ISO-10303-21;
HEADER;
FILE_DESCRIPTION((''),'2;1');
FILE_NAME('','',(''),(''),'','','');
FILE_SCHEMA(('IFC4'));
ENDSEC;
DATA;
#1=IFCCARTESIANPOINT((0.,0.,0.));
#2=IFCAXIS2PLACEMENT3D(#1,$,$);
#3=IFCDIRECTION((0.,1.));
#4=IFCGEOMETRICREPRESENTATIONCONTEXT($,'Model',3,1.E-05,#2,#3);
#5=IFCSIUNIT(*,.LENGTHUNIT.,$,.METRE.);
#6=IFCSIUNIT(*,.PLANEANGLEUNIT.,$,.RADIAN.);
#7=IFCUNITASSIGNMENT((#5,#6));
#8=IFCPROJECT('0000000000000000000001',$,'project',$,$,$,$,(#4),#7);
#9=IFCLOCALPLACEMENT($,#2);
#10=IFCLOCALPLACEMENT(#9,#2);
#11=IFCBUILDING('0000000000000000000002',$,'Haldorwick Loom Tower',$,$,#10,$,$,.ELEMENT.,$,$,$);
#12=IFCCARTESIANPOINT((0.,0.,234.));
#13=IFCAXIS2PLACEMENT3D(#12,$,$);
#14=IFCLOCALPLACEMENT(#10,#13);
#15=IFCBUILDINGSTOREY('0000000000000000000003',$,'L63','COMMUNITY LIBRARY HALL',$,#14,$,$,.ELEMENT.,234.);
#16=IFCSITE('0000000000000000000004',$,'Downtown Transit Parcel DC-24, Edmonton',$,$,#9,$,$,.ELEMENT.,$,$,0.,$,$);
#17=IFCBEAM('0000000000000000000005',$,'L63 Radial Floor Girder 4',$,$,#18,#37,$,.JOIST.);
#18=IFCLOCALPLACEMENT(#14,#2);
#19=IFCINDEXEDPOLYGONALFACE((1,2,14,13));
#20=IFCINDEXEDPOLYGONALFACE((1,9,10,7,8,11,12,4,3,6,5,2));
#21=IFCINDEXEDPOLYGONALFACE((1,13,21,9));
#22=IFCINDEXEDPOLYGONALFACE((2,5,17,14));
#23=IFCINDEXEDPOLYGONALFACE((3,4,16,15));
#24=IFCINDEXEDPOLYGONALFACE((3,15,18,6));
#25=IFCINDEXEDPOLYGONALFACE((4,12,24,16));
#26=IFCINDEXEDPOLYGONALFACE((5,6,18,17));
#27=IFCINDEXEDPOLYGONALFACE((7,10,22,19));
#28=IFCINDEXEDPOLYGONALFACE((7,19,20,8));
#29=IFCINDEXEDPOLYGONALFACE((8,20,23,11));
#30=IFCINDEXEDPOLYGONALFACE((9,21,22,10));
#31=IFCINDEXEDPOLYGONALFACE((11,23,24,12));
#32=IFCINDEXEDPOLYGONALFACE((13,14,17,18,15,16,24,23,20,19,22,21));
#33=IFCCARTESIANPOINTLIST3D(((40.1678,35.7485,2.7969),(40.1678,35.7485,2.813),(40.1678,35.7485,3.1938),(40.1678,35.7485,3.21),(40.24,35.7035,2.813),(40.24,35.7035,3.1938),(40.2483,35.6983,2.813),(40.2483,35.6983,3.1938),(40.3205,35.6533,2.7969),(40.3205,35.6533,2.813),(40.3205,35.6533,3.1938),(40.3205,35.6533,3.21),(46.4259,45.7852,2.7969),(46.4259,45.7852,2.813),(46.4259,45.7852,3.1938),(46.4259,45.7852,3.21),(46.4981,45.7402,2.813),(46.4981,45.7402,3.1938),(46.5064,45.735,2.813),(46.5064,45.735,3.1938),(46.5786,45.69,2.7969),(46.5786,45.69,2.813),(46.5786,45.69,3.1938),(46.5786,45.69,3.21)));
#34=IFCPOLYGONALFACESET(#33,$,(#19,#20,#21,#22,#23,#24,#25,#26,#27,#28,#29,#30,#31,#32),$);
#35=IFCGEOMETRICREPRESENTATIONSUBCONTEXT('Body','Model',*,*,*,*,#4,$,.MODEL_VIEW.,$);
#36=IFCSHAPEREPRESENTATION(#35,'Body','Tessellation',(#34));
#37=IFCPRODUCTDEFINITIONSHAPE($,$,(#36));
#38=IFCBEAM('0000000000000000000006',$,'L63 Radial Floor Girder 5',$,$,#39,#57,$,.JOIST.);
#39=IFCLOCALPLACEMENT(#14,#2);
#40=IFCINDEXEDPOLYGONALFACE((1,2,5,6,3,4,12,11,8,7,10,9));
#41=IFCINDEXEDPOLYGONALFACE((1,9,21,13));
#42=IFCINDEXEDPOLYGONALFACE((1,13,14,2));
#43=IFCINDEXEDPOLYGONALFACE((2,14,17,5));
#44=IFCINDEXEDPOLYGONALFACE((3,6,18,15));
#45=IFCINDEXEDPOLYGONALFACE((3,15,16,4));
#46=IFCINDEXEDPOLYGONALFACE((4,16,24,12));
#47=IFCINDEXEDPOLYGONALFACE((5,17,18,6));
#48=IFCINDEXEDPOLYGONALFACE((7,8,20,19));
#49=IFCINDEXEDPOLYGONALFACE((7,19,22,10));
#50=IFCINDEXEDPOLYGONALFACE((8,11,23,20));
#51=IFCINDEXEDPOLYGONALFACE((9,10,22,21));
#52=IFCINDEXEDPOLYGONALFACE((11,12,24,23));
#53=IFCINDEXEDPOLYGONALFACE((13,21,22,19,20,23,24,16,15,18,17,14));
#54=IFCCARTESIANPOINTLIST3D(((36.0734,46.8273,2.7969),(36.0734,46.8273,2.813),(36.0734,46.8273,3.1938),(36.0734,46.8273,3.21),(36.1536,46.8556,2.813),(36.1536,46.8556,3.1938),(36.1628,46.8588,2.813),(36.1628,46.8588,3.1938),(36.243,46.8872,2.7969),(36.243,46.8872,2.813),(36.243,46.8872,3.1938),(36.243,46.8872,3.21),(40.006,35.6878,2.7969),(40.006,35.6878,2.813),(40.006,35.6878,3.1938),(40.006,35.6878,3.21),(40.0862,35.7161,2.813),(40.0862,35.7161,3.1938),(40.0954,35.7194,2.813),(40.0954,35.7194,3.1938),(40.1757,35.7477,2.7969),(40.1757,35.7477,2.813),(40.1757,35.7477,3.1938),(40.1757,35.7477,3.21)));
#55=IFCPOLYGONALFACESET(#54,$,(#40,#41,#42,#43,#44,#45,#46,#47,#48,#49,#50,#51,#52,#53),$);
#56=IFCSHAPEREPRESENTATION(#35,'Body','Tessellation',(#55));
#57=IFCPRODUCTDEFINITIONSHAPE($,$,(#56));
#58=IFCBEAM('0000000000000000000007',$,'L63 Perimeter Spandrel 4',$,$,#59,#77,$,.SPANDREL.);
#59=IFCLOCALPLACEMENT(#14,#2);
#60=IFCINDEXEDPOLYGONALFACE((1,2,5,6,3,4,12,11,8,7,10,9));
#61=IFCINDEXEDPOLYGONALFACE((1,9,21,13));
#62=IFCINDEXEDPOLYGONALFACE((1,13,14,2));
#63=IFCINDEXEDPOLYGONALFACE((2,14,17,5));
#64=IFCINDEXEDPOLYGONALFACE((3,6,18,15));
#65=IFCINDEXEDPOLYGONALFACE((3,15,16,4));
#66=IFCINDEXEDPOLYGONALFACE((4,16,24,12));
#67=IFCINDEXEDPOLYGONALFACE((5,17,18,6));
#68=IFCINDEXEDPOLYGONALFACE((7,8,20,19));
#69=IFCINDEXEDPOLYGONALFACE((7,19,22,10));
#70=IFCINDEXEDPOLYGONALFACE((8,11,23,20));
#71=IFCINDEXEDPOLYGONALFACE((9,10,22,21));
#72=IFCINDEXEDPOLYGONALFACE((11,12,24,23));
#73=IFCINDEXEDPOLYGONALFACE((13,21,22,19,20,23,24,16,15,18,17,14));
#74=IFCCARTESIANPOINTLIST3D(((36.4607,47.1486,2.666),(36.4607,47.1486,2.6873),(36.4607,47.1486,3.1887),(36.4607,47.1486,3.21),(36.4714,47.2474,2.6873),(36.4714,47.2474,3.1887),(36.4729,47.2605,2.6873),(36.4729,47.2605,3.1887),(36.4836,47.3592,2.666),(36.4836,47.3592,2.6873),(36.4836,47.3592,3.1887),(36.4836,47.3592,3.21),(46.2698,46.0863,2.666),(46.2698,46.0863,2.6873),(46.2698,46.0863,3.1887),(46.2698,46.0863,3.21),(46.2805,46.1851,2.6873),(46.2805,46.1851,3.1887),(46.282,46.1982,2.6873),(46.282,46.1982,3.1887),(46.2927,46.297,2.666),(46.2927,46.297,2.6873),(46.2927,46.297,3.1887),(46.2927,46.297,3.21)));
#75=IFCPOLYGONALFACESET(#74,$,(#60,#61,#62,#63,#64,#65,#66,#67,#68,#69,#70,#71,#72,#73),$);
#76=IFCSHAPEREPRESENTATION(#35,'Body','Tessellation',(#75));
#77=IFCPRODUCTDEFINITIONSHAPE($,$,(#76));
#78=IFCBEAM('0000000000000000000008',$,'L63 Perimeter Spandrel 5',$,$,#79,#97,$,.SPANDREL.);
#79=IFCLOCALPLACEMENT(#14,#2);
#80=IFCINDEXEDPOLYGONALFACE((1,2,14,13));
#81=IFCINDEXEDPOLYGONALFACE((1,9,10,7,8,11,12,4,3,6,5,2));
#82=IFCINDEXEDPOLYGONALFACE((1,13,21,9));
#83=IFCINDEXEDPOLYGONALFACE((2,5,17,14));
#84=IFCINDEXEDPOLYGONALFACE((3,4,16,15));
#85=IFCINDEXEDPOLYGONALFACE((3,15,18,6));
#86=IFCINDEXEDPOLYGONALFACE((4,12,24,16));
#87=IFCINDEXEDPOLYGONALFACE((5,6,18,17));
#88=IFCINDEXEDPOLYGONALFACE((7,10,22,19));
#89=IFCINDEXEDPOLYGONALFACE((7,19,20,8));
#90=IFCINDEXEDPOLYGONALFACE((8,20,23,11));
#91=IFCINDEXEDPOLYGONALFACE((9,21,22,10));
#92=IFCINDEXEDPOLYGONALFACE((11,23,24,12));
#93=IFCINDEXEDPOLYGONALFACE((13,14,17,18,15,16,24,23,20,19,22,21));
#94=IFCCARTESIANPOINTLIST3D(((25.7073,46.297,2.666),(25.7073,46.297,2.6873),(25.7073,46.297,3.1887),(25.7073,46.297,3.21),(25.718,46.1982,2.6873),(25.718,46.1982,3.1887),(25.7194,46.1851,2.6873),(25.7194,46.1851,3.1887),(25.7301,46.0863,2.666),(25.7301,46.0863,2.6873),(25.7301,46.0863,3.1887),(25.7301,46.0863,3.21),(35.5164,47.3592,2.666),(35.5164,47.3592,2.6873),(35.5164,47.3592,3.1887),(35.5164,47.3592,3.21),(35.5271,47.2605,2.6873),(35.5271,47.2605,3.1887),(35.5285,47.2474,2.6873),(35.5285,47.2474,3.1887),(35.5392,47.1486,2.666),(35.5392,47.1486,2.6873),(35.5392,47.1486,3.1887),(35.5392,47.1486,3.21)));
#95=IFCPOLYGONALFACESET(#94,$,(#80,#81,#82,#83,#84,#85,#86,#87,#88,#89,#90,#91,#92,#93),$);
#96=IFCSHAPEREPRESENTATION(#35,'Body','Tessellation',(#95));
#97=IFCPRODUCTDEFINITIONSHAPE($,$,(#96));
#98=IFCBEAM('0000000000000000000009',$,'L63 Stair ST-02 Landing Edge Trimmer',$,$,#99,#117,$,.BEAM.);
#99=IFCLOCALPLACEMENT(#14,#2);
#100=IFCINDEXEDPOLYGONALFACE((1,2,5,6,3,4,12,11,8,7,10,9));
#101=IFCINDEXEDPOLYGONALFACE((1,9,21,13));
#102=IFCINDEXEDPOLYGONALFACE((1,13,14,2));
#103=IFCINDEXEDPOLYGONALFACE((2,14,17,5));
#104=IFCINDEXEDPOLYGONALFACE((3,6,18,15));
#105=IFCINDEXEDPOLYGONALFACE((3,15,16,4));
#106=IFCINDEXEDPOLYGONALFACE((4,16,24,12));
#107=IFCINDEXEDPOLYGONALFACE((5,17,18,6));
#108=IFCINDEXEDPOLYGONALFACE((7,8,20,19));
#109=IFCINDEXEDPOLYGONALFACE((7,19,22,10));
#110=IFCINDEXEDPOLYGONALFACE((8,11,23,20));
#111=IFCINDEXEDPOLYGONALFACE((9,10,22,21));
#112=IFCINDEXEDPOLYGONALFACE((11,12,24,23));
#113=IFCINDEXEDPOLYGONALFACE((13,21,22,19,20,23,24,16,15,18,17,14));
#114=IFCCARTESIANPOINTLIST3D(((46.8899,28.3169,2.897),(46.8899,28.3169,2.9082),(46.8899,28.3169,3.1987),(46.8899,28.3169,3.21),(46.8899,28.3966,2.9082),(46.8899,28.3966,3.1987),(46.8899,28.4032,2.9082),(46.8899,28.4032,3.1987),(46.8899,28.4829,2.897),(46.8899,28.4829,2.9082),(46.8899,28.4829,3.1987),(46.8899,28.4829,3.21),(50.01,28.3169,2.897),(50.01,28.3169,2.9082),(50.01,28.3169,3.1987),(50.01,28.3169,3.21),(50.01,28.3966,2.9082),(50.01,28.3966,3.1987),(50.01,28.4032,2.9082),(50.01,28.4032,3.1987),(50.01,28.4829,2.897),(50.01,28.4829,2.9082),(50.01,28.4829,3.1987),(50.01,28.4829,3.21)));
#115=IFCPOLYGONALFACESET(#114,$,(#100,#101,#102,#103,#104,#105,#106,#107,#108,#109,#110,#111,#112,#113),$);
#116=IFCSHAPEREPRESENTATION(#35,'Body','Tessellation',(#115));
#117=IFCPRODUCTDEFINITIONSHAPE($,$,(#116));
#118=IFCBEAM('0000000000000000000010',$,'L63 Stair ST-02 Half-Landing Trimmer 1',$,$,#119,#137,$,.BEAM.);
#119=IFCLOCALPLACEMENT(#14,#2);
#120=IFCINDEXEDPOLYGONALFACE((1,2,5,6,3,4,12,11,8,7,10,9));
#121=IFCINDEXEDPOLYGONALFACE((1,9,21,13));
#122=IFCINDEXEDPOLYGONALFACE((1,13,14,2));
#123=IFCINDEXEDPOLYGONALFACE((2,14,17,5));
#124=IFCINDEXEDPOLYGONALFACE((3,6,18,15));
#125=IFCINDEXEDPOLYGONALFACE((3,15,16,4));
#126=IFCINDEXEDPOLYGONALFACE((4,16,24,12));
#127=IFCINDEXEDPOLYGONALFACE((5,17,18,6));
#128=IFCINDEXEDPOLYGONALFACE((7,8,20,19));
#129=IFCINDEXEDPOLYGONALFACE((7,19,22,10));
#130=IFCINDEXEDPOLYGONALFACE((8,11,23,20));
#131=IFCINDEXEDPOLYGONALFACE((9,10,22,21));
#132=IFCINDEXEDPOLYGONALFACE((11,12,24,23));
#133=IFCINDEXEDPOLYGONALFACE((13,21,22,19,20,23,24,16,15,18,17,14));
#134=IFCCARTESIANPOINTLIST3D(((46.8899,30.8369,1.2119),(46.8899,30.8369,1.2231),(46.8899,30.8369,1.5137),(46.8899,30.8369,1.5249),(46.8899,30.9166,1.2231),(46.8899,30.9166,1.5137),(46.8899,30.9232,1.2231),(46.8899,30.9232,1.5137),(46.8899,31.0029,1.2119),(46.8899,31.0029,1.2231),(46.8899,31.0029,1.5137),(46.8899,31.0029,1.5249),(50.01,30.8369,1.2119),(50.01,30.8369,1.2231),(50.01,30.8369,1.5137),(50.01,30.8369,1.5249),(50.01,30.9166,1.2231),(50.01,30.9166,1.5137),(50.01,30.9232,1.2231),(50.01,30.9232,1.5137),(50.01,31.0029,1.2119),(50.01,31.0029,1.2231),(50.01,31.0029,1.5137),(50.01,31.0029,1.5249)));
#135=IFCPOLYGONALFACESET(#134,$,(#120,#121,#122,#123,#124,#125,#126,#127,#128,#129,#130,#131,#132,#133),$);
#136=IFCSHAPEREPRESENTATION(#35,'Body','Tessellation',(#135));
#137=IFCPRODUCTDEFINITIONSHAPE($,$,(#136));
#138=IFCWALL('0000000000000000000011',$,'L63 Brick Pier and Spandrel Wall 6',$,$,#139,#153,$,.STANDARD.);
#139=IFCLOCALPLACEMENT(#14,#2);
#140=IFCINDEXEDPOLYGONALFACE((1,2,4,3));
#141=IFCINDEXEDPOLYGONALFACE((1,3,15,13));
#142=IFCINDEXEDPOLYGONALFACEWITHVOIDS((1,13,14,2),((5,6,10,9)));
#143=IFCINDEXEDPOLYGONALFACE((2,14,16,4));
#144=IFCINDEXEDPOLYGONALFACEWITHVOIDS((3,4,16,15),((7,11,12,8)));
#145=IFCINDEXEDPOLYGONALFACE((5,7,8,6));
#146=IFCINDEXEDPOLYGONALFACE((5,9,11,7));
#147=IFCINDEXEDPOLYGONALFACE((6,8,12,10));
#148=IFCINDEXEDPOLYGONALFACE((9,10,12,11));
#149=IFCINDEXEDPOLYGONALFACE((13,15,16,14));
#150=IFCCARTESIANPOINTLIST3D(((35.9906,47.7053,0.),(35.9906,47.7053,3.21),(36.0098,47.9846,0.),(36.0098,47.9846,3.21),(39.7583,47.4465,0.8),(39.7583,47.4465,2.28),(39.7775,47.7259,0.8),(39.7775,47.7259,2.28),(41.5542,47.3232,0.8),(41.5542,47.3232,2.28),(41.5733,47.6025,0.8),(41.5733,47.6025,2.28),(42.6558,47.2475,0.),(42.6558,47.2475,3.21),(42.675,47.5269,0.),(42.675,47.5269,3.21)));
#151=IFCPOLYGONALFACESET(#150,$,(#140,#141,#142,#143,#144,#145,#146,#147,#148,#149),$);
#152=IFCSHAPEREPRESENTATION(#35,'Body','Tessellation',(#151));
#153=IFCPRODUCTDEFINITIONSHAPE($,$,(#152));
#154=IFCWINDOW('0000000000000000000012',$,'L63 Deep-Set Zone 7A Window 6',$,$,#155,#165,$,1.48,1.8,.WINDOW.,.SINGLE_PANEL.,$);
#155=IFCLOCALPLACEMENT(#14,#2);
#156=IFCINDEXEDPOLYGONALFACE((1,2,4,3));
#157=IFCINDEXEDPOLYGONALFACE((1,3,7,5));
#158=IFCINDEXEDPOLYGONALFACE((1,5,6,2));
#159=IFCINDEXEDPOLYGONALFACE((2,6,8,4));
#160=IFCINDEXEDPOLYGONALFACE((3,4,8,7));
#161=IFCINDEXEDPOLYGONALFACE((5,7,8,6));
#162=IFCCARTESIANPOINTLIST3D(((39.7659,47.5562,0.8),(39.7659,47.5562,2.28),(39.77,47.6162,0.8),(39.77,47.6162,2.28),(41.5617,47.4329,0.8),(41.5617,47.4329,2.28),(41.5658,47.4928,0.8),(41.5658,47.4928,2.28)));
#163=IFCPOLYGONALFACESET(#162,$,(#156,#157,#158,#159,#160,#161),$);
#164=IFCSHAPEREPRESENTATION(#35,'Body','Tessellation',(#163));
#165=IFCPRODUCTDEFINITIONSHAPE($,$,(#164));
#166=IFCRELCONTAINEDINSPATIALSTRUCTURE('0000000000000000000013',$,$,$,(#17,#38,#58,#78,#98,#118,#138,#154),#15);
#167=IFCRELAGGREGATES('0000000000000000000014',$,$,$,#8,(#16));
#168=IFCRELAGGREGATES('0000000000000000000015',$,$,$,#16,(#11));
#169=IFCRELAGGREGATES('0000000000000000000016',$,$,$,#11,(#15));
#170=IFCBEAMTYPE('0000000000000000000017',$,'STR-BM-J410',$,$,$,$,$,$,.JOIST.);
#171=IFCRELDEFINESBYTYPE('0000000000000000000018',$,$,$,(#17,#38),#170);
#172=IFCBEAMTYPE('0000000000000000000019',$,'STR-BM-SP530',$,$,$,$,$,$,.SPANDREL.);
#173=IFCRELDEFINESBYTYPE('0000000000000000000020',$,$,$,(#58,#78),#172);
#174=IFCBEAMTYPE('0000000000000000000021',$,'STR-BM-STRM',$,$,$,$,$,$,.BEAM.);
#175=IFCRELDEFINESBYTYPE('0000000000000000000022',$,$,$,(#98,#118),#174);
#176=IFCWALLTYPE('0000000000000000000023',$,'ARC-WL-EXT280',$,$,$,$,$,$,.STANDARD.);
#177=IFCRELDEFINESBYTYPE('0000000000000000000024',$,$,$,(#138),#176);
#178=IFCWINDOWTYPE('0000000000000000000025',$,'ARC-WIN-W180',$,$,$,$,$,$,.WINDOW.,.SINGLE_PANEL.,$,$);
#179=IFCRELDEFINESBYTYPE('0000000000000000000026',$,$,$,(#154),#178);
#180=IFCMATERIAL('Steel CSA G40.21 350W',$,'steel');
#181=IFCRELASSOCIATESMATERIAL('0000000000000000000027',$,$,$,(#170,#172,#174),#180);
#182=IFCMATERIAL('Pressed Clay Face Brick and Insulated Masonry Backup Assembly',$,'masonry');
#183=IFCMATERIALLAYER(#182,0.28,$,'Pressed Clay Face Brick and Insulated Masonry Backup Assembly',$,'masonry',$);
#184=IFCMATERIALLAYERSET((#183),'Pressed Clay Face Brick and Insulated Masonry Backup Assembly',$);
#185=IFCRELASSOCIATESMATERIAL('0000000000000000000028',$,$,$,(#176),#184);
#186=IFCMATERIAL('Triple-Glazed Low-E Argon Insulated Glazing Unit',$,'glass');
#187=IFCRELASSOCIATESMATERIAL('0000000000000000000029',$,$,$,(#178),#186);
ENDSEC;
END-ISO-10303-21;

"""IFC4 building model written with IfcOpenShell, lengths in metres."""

from ifc_helpers import new_model, si_unit, direction, frame, frame_2d, origin, origin_2d, place, context, subcontext, project, spatial, rectangle, i_section, extrude, material, layer, layer_set, material_profile, profile_set, type_object, element, fill, save


model = new_model("IFC4")

# Units and contexts
model_context = context("Model", 3, precision=1e-05, world=origin(), true_north=direction((0.0, 1.0)))
body_context = subcontext(model_context, "Body", "Model", "MODEL_VIEW")
ifc_project = project(units=[si_unit("LENGTHUNIT", "METRE"), si_unit("PLANEANGLEUNIT", "RADIAN")], contexts=[model_context])

# Site, building, storey
site_placement = place(None, origin())
site = spatial("IfcSite", under=ifc_project, at=site_placement, Name="Downtown Transit Parcel DC-24, Edmonton", CompositionType="ELEMENT", RefElevation=0.0)
building_placement = place(site_placement, origin())
building = spatial("IfcBuilding", under=site, at=building_placement, Name="Haldorwick Loom Tower", CompositionType="ELEMENT")
storey_placement = place(building_placement, frame((0.0, 0.0, 234.0)))
storey = spatial("IfcBuildingStorey", under=building, at=storey_placement, Name="L63", Description="COMMUNITY LIBRARY HALL", CompositionType="ELEMENT", Elevation=234.0)

# Shared definitions
ifc_material_1 = material(Name="Steel CSA G40.21 350W", Category="steel")

# Beams
ifc_material_profile_1 = material_profile(ifc_material_1, i_section(OverallWidth=0.1799, OverallDepth=0.4131, WebThickness=0.0098, FlangeThickness=0.0161, at=origin_2d()), Name="W410X74", Category="steel")
ifc_profile_set_1 = profile_set([ifc_material_profile_1], Name="Steel CSA G40.21 350W")
beam_type_1 = type_object("IfcBeamType", Name="STR-BM-J410", PredefinedType="JOIST", material=ifc_profile_set_1)
beam_1_placement = place(storey_placement, frame((40.2441, 35.7009, 3.0034), z_axis=(0.529097, 0.848561, 0.0), x_axis=(-0.848561, 0.529097, 0.0)))
element("IfcBeam", 1, at=beam_1_placement, inside=storey, type_object=beam_type_1, Name="L63 Radial Floor Girder 4", PredefinedType="JOIST", context=body_context, shape_type="SweptSolid", body=[
    extrude(i_section(OverallWidth=0.1799, OverallDepth=0.4131, WebThickness=0.0098, FlangeThickness=0.0161, at=origin_2d()), origin(), (0.0, 0.0, 1.0), 11.8279),
])
beam_2_placement = place(storey_placement, frame((40.0908, 35.7178, 3.0034), z_axis=(-0.3329, 0.942962, 0.0), x_axis=(-0.942962, -0.3329, 0.0)))
element("IfcBeam", 2, at=beam_2_placement, inside=storey, type_object=beam_type_1, Name="L63 Radial Floor Girder 5", PredefinedType="JOIST", context=body_context, shape_type="SweptSolid", body=[
    extrude(i_section(OverallWidth=0.1799, OverallDepth=0.4131, WebThickness=0.0098, FlangeThickness=0.0161, at=origin_2d()), origin(), (0.0, 0.0, 1.0), 11.8132),
])
ifc_material_profile_2 = material_profile(ifc_material_1, i_section(OverallWidth=0.2119, OverallDepth=0.5439, WebThickness=0.0132, FlangeThickness=0.0212, at=origin_2d()), Name="W530X123", Category="steel")
ifc_profile_set_2 = profile_set([ifc_material_profile_2], Name="Steel CSA G40.21 350W")
beam_type_2 = type_object("IfcBeamType", Name="STR-BM-SP530", PredefinedType="SPANDREL", material=ifc_profile_set_2)
for number, where, z_axis, x_axis, name in (
    (3, (46.2812, 46.1917, 2.938), (-0.994187, 0.107664, 0.0), (-0.107664, -0.994187, 0.0), "L63 Perimeter Spandrel 4"),
    (4, (35.5278, 47.2539, 2.938), (-0.994187, -0.107664, 0.0), (0.107664, -0.994187, 0.0), "L63 Perimeter Spandrel 5"),
):
    element("IfcBeam", number, at=place(storey_placement, frame(where, z_axis=z_axis, x_axis=x_axis)), inside=storey, type_object=beam_type_2, Name=name, PredefinedType="SPANDREL", context=body_context, shape_type="SweptSolid", body=[
        extrude(i_section(OverallWidth=0.2119, OverallDepth=0.5439, WebThickness=0.0132, FlangeThickness=0.0212, at=origin_2d()), origin(), (0.0, 0.0, 1.0), 9.8665),
    ])
ifc_material_profile_3 = material_profile(ifc_material_1, i_section(OverallWidth=0.166, OverallDepth=0.313, WebThickness=0.0066, FlangeThickness=0.0112, at=origin_2d()), Name="W310X45", Category="steel")
ifc_profile_set_3 = profile_set([ifc_material_profile_3], Name="Steel CSA G40.21 350W")
beam_type_3 = type_object("IfcBeamType", Name="STR-BM-STRM", PredefinedType="BEAM", material=ifc_profile_set_3)
for number, where, z_axis, x_axis, name in (
    (5, (46.8899, 28.3999, 3.0535), (1.0, 0.0, 0.0), (0.0, 1.0, 0.0), "L63 Stair ST-02 Landing Edge Trimmer"),
    (6, (46.8899, 30.9199, 1.3684), (1.0, 0.0, 0.0), (0.0, 1.0, 0.0), "L63 Stair ST-02 Half-Landing Trimmer 1"),
):
    element("IfcBeam", number, at=place(storey_placement, frame(where, z_axis=z_axis, x_axis=x_axis)), inside=storey, type_object=beam_type_3, Name=name, PredefinedType="BEAM", context=body_context, shape_type="SweptSolid", body=[
        extrude(i_section(OverallWidth=0.166, OverallDepth=0.313, WebThickness=0.0066, FlangeThickness=0.0112, at=origin_2d()), origin(), (0.0, 0.0, 1.0), 3.1201),
    ])

# Wall, opening, window
ifc_material_2 = material(Name="Pressed Clay Face Brick and Insulated Masonry Backup Assembly", Category="masonry")
ifc_layer_1 = layer(ifc_material_2, 0.28, Name="Pressed Clay Face Brick and Insulated Masonry Backup Assembly", Category="masonry")
ifc_layer_set_1 = layer_set([ifc_layer_1], Name="Pressed Clay Face Brick and Insulated Masonry Backup Assembly")
wall_type_1 = type_object("IfcWallType", Name="ARC-WL-EXT280", PredefinedType="STANDARD", material=ifc_layer_set_1)
wall_1_placement = place(storey_placement, frame((42.6653, 47.3872, 0.0), z_axis=(0.0, 0.0, 1.0), x_axis=(-0.99765, 0.068517, 0.0)))
wall_1 = element("IfcWall", 7, at=wall_1_placement, inside=storey, type_object=wall_type_1, Name="L63 Brick Pier and Spandrel Wall 6", PredefinedType="STANDARD", context=body_context, shape_type="SweptSolid", body=[
    extrude(rectangle(XDim=6.6809, YDim=0.28, at=frame_2d((3.3403, 0.0))), origin(), (0.0, 0.0, 1.0), 3.21),
])
opening_1_placement = place(wall_1_placement, frame((1.1042, 0.0, 0.8)))
opening_1 = element("IfcOpeningElement", 8, at=opening_1_placement, cuts=wall_1, PredefinedType="OPENING", context=body_context, shape_type="SweptSolid", body=[
    extrude(rectangle(XDim=1.8, YDim=1.48, at=frame_2d((0.8999, 0.74))), frame((0.0, 0.1499, 0.0), z_axis=(0.0, -1.0, 0.0), x_axis=(1.0, 0.0, 0.0)), (0.0, 0.0, 1.0), 0.3),
])
ifc_material_3 = material(Name="Triple-Glazed Low-E Argon Insulated Glazing Unit", Category="glass")
window_type = type_object("IfcWindowType", Name="ARC-WIN-W180", PartitioningType="SINGLE_PANEL", PredefinedType="WINDOW", material=ifc_material_3)
window_1_placement = place(opening_1_placement, origin())
window_1 = element("IfcWindow", 9, at=window_1_placement, inside=storey, type_object=window_type, Name="L63 Deep-Set Zone 7A Window 6", OverallHeight=1.48, OverallWidth=1.8, PartitioningType="SINGLE_PANEL", PredefinedType="WINDOW", context=body_context, shape_type="SweptSolid", body=[
    extrude(rectangle(XDim=1.8, YDim=1.48, at=frame_2d((0.8999, 0.74))), frame((0.0, 0.03, 0.0), z_axis=(0.0, -1.0, 0.0), x_axis=(1.0, 0.0, 0.0)), (0.0, 0.0, 1.0), 0.0601),
])
fill(opening_1, window_1)

save(model, "model.ifc")
